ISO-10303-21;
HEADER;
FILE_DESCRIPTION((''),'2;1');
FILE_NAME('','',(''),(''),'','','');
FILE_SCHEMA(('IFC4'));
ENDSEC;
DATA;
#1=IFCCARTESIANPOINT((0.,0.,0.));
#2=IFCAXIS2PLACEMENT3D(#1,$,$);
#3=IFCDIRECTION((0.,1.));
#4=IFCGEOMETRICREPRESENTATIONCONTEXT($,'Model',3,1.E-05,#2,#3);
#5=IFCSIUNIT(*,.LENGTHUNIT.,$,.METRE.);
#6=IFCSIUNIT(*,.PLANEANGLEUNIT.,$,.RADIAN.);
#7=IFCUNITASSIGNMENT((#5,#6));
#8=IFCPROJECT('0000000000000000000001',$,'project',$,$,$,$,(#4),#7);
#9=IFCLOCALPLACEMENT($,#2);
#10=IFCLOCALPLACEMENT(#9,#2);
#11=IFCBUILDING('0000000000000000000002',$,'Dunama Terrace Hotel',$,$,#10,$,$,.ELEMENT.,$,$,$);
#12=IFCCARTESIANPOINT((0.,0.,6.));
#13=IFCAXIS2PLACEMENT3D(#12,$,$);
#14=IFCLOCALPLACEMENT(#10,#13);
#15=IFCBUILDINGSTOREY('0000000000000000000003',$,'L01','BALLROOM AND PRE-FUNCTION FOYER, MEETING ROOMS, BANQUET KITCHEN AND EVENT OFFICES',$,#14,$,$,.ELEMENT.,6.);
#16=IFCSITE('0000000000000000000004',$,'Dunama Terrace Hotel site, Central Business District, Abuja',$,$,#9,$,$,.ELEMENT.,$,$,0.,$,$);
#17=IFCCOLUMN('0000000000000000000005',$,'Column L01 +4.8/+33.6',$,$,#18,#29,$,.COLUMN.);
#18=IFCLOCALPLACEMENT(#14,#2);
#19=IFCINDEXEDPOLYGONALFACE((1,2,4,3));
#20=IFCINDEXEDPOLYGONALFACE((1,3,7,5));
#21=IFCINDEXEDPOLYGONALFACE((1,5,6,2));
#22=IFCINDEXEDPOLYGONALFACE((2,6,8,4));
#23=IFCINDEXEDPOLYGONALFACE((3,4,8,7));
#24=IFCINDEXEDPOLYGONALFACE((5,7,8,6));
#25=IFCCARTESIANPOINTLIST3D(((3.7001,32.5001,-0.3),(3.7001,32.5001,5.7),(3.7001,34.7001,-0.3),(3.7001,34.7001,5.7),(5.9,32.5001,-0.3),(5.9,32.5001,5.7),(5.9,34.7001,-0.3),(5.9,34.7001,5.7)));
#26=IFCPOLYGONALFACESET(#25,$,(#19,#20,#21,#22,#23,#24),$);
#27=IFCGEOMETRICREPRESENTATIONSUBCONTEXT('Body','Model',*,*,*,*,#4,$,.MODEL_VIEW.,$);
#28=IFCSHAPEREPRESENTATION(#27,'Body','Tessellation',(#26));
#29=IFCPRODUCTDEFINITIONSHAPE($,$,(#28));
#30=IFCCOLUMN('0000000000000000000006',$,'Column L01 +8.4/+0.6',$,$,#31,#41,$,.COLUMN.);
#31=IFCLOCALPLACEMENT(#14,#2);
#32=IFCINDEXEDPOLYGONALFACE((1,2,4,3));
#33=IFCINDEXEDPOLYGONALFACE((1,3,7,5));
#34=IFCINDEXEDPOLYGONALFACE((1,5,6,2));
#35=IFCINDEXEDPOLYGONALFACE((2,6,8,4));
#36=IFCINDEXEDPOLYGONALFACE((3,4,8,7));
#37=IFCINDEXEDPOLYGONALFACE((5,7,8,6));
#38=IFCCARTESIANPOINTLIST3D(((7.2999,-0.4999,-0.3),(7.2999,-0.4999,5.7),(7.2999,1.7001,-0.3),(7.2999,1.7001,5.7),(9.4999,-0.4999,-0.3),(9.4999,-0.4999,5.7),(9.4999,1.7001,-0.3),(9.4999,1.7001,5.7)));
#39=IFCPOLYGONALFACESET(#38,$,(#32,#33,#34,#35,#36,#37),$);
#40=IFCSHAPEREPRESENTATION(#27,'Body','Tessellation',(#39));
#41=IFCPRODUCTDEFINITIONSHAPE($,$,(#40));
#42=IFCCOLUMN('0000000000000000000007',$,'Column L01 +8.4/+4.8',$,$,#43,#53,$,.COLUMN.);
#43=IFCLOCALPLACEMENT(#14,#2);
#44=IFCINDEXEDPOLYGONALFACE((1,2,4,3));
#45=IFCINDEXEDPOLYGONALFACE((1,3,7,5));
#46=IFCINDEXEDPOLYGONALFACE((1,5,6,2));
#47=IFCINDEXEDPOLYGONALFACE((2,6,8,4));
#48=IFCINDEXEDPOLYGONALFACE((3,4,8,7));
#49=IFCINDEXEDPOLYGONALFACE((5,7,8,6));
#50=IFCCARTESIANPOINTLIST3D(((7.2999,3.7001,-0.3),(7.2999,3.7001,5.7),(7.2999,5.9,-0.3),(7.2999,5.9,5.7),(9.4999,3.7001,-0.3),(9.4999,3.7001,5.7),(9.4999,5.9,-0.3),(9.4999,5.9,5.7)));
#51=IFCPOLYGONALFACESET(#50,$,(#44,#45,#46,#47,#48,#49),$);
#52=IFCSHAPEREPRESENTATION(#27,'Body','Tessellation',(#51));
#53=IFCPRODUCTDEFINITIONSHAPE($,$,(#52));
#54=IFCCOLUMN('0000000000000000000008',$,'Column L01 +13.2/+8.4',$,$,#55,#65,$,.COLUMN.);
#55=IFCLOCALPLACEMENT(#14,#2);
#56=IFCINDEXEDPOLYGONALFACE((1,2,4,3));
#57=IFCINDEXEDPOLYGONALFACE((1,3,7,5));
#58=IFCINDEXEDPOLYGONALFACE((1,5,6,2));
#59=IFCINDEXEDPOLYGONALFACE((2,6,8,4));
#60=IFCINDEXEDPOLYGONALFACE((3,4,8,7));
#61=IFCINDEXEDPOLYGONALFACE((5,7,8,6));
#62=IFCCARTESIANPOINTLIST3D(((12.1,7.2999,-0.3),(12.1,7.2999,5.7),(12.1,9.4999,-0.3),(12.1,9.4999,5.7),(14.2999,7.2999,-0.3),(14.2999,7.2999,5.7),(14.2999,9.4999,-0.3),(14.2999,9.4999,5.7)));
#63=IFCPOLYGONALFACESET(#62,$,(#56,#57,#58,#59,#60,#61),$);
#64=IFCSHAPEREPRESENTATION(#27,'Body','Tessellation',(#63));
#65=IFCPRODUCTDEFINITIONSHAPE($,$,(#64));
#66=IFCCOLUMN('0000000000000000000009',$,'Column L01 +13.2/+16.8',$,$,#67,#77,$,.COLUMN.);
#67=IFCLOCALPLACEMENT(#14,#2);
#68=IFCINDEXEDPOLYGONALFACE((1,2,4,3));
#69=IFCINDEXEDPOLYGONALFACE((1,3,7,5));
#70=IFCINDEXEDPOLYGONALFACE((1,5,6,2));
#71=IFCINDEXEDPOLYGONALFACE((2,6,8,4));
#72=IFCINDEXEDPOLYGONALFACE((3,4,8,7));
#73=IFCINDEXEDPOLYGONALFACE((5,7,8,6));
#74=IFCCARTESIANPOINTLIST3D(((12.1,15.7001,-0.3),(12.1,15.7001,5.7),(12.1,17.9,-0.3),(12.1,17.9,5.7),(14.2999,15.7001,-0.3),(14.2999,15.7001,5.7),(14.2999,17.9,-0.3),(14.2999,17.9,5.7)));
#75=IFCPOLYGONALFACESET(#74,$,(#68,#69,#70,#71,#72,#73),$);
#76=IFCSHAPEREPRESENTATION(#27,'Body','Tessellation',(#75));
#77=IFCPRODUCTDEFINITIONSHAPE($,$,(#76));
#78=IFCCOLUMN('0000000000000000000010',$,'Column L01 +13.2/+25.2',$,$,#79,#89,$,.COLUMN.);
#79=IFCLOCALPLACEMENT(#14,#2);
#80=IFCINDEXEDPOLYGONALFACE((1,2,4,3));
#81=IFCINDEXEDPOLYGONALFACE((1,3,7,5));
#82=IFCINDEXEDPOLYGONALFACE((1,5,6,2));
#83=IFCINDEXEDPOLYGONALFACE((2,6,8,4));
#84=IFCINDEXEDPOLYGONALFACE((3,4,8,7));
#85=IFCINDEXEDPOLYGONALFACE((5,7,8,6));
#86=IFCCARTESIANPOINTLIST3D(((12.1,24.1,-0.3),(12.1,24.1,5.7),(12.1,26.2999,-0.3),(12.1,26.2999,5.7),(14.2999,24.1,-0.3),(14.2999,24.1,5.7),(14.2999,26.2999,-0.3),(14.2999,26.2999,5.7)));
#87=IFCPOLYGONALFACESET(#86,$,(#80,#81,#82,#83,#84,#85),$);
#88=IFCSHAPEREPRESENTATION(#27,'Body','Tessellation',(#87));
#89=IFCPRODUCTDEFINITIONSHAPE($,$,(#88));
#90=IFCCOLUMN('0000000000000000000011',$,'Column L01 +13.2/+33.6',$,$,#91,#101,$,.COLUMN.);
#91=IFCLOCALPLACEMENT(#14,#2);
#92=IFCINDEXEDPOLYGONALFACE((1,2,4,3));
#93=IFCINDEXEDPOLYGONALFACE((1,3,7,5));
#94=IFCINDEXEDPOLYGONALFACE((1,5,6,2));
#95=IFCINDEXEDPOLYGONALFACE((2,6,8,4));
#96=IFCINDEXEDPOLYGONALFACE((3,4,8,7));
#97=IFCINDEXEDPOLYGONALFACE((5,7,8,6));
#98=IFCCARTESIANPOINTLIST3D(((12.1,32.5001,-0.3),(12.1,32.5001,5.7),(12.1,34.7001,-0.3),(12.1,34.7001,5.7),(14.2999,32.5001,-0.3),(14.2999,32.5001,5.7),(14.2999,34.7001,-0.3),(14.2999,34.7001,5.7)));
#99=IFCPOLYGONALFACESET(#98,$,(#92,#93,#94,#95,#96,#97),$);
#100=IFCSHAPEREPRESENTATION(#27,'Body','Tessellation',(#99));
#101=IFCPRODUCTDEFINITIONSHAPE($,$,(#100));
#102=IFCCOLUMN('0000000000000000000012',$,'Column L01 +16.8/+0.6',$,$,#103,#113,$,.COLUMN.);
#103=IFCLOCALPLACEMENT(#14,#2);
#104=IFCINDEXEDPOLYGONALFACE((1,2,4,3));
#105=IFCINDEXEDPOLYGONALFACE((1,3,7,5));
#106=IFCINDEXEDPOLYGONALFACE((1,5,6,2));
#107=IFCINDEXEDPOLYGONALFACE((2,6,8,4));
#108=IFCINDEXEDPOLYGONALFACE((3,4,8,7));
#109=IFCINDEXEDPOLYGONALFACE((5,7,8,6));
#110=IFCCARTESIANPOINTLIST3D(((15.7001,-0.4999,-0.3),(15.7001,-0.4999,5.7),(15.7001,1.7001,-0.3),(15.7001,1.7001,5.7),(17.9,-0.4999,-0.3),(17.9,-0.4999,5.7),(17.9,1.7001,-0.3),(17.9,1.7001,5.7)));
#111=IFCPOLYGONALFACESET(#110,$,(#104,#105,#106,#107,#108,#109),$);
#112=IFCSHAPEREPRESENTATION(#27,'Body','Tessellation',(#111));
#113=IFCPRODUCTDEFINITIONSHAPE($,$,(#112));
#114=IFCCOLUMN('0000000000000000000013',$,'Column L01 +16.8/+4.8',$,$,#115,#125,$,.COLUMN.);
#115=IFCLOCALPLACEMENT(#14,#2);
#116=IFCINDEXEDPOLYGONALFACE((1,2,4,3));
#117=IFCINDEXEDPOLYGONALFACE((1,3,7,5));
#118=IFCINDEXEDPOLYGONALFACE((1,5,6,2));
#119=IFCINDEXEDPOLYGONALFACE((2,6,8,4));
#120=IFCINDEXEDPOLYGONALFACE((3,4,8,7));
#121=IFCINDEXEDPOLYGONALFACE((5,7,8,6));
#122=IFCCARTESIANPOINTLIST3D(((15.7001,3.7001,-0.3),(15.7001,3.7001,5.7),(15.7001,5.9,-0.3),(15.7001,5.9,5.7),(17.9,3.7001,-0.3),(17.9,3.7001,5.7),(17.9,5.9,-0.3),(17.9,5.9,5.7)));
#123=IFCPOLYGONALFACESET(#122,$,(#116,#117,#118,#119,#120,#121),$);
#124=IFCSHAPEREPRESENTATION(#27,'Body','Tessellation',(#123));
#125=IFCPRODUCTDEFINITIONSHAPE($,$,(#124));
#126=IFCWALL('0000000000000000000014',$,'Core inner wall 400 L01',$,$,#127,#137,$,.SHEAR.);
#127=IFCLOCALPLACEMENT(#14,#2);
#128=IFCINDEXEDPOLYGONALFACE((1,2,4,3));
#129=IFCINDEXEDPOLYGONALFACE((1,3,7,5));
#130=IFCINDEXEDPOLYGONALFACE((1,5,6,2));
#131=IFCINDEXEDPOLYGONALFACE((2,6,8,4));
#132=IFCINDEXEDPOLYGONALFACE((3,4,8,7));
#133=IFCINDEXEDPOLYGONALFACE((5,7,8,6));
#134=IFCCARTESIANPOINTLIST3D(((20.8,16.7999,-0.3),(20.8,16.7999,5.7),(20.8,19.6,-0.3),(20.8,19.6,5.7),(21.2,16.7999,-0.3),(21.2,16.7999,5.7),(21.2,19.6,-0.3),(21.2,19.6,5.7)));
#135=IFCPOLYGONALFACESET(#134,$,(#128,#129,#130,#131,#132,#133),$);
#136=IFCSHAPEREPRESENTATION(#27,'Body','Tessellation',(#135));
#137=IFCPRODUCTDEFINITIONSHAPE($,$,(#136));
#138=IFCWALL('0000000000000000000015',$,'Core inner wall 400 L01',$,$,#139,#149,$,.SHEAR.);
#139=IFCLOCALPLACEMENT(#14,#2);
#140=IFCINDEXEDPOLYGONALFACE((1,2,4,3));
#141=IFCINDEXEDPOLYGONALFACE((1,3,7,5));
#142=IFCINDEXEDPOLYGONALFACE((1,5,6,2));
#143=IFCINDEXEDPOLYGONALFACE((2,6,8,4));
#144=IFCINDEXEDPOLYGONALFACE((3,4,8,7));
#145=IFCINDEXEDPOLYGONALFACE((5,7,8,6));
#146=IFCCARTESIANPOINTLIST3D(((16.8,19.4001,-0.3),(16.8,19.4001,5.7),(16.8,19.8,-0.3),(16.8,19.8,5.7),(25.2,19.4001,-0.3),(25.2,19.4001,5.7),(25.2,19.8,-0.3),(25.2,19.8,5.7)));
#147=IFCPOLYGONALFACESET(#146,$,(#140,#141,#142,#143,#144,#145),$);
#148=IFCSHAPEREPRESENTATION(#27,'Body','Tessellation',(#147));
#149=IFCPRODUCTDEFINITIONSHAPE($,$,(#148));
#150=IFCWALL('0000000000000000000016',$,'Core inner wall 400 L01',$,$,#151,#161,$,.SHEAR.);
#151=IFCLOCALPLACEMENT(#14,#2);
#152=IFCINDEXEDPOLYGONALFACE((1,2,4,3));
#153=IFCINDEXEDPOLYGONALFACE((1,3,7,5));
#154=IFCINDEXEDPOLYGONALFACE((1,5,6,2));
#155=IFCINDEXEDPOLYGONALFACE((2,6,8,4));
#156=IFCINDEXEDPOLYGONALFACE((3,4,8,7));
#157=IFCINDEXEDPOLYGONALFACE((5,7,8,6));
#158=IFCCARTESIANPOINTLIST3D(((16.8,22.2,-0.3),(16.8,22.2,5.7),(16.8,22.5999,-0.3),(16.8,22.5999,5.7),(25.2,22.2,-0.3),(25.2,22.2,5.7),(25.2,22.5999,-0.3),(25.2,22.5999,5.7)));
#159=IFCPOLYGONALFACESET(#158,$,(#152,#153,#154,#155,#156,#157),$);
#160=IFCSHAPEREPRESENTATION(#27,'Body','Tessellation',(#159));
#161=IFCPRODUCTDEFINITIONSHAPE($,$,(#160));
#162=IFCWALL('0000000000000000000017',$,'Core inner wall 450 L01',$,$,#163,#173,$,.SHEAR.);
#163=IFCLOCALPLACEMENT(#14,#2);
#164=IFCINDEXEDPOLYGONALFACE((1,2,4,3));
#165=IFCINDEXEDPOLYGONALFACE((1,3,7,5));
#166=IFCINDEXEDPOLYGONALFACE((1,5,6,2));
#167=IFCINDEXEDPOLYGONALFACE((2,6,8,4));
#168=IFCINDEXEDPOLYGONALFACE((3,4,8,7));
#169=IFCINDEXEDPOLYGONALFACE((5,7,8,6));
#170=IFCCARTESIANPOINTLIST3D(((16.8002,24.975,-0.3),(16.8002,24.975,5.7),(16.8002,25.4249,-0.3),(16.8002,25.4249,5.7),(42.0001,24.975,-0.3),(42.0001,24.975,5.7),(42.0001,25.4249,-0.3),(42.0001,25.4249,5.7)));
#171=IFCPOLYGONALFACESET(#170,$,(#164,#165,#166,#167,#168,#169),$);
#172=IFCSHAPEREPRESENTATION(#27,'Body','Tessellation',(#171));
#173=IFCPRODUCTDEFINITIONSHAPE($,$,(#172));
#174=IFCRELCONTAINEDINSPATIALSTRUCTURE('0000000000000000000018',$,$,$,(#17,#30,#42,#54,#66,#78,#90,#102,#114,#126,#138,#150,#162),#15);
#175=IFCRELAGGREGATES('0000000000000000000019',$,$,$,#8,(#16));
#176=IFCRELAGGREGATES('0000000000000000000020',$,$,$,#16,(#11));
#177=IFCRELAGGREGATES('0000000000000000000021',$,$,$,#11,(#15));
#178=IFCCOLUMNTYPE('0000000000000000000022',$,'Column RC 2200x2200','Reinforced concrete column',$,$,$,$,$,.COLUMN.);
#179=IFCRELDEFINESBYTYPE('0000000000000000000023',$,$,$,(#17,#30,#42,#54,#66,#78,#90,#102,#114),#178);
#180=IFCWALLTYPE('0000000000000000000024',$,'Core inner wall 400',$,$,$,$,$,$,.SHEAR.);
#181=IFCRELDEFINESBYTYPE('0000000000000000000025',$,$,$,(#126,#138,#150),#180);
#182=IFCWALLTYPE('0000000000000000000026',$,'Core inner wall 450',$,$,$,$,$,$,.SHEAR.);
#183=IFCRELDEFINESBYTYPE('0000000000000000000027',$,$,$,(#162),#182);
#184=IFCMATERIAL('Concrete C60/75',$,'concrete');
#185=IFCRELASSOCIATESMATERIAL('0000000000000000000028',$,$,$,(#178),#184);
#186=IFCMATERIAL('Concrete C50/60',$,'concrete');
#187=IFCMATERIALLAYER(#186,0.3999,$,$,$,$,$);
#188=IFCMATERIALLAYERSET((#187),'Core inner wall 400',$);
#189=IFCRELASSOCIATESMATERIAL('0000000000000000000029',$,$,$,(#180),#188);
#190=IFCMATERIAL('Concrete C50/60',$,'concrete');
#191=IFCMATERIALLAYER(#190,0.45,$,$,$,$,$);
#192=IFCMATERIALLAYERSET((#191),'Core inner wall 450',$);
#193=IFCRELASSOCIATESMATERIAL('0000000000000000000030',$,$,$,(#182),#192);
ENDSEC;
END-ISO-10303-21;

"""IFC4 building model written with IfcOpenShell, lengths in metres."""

from ifc_helpers import new_model, si_unit, direction, frame, frame_2d, origin, origin_2d, place, context, subcontext, project, spatial, rectangle, extrude, material, layer, layer_set, material_profile, profile_set, type_object, element, save


model = new_model("IFC4")

# Units and contexts
model_context = context("Model", 3, precision=1e-05, world=origin(), true_north=direction((0.0, 1.0)))
body_context = subcontext(model_context, "Body", "Model", "MODEL_VIEW")
ifc_project = project(units=[si_unit("LENGTHUNIT", "METRE"), si_unit("PLANEANGLEUNIT", "RADIAN")], contexts=[model_context])

# Site, building, storey
site_placement = place(None, origin())
site = spatial("IfcSite", under=ifc_project, at=site_placement, Name="Dunama Terrace Hotel site, Central Business District, Abuja", CompositionType="ELEMENT", RefElevation=0.0)
building_placement = place(site_placement, origin())
building = spatial("IfcBuilding", under=site, at=building_placement, Name="Dunama Terrace Hotel", CompositionType="ELEMENT")
storey_placement = place(building_placement, frame((0.0, 0.0, 6.0)))
storey = spatial("IfcBuildingStorey", under=building, at=storey_placement, Name="L01", Description="BALLROOM AND PRE-FUNCTION FOYER, MEETING ROOMS, BANQUET KITCHEN AND EVENT OFFICES", CompositionType="ELEMENT", Elevation=6.0)

# Columns
ifc_material_1 = material(Name="Concrete C60/75", Category="concrete")
ifc_material_profile = material_profile(ifc_material_1, rectangle(XDim=2.2, YDim=2.2, at=origin_2d()), Name="RC 2200x2200")
ifc_profile_set = profile_set([ifc_material_profile], Name="Concrete C60/75")
column_type = type_object("IfcColumnType", Name="Column RC 2200x2200", Description="Reinforced concrete column", PredefinedType="COLUMN", material=ifc_profile_set)
for number, where, z_axis, x_axis, name in (
    (1, (4.8, 33.6001, -0.3), (0.0, 0.0, 1.0), (1.0, 0.0, 0.0), "Column L01 +4.8/+33.6"),
    (2, (8.3999, 0.6001, -0.3), (0.0, 0.0, 1.0), (1.0, 0.0, 0.0), "Column L01 +8.4/+0.6"),
    (3, (8.3999, 4.8, -0.3), (0.0, 0.0, 1.0), (1.0, 0.0, 0.0), "Column L01 +8.4/+4.8"),
    (4, (13.2, 8.3999, -0.3), (0.0, 0.0, 1.0), (1.0, 0.0, 0.0), "Column L01 +13.2/+8.4"),
    (5, (13.2, 16.8, -0.3), (0.0, 0.0, 1.0), (1.0, 0.0, 0.0), "Column L01 +13.2/+16.8"),
    (6, (13.2, 25.2, -0.3), (0.0, 0.0, 1.0), (1.0, 0.0, 0.0), "Column L01 +13.2/+25.2"),
    (7, (13.2, 33.6001, -0.3), (0.0, 0.0, 1.0), (1.0, 0.0, 0.0), "Column L01 +13.2/+33.6"),
    (8, (16.8, 0.6001, -0.3), (0.0, 0.0, 1.0), (1.0, 0.0, 0.0), "Column L01 +16.8/+0.6"),
    (9, (16.8, 4.8, -0.3), (0.0, 0.0, 1.0), (1.0, 0.0, 0.0), "Column L01 +16.8/+4.8"),
):
    element("IfcColumn", number, at=place(storey_placement, frame(where, z_axis=z_axis, x_axis=x_axis)), inside=storey, type_object=column_type, Name=name, PredefinedType="COLUMN", context=body_context, shape_type="SweptSolid", body=[
        extrude(rectangle(XDim=2.2, YDim=2.2, at=origin_2d()), origin(), (0.0, 0.0, 1.0), 6.0),
    ])

# Walls
ifc_material_2 = material(Name="Concrete C50/60", Category="concrete")
ifc_layer_1 = layer(ifc_material_2, 0.3999)
ifc_layer_set_1 = layer_set([ifc_layer_1], Name="Core inner wall 400")
wall_type_1 = type_object("IfcWallType", Name="Core inner wall 400", PredefinedType="SHEAR", material=ifc_layer_set_1)
wall_1_placement = place(storey_placement, frame((21.0, 16.8, -0.3), z_axis=(0.0, 0.0, 1.0), x_axis=(0.0, 1.0, 0.0)))
element("IfcWall", 10, at=wall_1_placement, inside=storey, type_object=wall_type_1, Name="Core inner wall 400 L01", PredefinedType="SHEAR", context=body_context, shape_type="SweptSolid", body=[
    extrude(rectangle(XDim=2.8, YDim=0.3999, at=frame_2d((1.3999, 0.0))), origin(), (0.0, 0.0, 1.0), 6.0),
])
for number, where, z_axis, x_axis, name in (
    (11, (16.8, 19.6001, -0.3), (0.0, 0.0, 1.0), (1.0, 0.0, 0.0), "Core inner wall 400 L01"),
    (12, (16.8, 22.3999, -0.3), (0.0, 0.0, 1.0), (1.0, 0.0, 0.0), "Core inner wall 400 L01"),
):
    element("IfcWall", number, at=place(storey_placement, frame(where, z_axis=z_axis, x_axis=x_axis)), inside=storey, type_object=wall_type_1, Name=name, PredefinedType="SHEAR", context=body_context, shape_type="SweptSolid", body=[
        extrude(rectangle(XDim=8.3999, YDim=0.3999, at=frame_2d((4.2, 0.0))), origin(), (0.0, 0.0, 1.0), 6.0),
    ])
ifc_material_3 = material(Name="Concrete C50/60", Category="concrete")
ifc_layer_2 = layer(ifc_material_3, 0.45)
ifc_layer_set_2 = layer_set([ifc_layer_2], Name="Core inner wall 450")
wall_type_2 = type_object("IfcWallType", Name="Core inner wall 450", PredefinedType="SHEAR", material=ifc_layer_set_2)
wall_2_placement = place(storey_placement, frame((16.8, 25.2, -0.3), z_axis=(0.0, 0.0, 1.0), x_axis=(1.0, 0.0, 0.0)))
element("IfcWall", 13, at=wall_2_placement, inside=storey, type_object=wall_type_2, Name="Core inner wall 450 L01", PredefinedType="SHEAR", context=body_context, shape_type="SweptSolid", body=[
    extrude(rectangle(XDim=25.2, YDim=0.45, at=frame_2d((12.6001, 0.0))), origin(), (0.0, 0.0, 1.0), 6.0),
])

save(model, "model.ifc")
